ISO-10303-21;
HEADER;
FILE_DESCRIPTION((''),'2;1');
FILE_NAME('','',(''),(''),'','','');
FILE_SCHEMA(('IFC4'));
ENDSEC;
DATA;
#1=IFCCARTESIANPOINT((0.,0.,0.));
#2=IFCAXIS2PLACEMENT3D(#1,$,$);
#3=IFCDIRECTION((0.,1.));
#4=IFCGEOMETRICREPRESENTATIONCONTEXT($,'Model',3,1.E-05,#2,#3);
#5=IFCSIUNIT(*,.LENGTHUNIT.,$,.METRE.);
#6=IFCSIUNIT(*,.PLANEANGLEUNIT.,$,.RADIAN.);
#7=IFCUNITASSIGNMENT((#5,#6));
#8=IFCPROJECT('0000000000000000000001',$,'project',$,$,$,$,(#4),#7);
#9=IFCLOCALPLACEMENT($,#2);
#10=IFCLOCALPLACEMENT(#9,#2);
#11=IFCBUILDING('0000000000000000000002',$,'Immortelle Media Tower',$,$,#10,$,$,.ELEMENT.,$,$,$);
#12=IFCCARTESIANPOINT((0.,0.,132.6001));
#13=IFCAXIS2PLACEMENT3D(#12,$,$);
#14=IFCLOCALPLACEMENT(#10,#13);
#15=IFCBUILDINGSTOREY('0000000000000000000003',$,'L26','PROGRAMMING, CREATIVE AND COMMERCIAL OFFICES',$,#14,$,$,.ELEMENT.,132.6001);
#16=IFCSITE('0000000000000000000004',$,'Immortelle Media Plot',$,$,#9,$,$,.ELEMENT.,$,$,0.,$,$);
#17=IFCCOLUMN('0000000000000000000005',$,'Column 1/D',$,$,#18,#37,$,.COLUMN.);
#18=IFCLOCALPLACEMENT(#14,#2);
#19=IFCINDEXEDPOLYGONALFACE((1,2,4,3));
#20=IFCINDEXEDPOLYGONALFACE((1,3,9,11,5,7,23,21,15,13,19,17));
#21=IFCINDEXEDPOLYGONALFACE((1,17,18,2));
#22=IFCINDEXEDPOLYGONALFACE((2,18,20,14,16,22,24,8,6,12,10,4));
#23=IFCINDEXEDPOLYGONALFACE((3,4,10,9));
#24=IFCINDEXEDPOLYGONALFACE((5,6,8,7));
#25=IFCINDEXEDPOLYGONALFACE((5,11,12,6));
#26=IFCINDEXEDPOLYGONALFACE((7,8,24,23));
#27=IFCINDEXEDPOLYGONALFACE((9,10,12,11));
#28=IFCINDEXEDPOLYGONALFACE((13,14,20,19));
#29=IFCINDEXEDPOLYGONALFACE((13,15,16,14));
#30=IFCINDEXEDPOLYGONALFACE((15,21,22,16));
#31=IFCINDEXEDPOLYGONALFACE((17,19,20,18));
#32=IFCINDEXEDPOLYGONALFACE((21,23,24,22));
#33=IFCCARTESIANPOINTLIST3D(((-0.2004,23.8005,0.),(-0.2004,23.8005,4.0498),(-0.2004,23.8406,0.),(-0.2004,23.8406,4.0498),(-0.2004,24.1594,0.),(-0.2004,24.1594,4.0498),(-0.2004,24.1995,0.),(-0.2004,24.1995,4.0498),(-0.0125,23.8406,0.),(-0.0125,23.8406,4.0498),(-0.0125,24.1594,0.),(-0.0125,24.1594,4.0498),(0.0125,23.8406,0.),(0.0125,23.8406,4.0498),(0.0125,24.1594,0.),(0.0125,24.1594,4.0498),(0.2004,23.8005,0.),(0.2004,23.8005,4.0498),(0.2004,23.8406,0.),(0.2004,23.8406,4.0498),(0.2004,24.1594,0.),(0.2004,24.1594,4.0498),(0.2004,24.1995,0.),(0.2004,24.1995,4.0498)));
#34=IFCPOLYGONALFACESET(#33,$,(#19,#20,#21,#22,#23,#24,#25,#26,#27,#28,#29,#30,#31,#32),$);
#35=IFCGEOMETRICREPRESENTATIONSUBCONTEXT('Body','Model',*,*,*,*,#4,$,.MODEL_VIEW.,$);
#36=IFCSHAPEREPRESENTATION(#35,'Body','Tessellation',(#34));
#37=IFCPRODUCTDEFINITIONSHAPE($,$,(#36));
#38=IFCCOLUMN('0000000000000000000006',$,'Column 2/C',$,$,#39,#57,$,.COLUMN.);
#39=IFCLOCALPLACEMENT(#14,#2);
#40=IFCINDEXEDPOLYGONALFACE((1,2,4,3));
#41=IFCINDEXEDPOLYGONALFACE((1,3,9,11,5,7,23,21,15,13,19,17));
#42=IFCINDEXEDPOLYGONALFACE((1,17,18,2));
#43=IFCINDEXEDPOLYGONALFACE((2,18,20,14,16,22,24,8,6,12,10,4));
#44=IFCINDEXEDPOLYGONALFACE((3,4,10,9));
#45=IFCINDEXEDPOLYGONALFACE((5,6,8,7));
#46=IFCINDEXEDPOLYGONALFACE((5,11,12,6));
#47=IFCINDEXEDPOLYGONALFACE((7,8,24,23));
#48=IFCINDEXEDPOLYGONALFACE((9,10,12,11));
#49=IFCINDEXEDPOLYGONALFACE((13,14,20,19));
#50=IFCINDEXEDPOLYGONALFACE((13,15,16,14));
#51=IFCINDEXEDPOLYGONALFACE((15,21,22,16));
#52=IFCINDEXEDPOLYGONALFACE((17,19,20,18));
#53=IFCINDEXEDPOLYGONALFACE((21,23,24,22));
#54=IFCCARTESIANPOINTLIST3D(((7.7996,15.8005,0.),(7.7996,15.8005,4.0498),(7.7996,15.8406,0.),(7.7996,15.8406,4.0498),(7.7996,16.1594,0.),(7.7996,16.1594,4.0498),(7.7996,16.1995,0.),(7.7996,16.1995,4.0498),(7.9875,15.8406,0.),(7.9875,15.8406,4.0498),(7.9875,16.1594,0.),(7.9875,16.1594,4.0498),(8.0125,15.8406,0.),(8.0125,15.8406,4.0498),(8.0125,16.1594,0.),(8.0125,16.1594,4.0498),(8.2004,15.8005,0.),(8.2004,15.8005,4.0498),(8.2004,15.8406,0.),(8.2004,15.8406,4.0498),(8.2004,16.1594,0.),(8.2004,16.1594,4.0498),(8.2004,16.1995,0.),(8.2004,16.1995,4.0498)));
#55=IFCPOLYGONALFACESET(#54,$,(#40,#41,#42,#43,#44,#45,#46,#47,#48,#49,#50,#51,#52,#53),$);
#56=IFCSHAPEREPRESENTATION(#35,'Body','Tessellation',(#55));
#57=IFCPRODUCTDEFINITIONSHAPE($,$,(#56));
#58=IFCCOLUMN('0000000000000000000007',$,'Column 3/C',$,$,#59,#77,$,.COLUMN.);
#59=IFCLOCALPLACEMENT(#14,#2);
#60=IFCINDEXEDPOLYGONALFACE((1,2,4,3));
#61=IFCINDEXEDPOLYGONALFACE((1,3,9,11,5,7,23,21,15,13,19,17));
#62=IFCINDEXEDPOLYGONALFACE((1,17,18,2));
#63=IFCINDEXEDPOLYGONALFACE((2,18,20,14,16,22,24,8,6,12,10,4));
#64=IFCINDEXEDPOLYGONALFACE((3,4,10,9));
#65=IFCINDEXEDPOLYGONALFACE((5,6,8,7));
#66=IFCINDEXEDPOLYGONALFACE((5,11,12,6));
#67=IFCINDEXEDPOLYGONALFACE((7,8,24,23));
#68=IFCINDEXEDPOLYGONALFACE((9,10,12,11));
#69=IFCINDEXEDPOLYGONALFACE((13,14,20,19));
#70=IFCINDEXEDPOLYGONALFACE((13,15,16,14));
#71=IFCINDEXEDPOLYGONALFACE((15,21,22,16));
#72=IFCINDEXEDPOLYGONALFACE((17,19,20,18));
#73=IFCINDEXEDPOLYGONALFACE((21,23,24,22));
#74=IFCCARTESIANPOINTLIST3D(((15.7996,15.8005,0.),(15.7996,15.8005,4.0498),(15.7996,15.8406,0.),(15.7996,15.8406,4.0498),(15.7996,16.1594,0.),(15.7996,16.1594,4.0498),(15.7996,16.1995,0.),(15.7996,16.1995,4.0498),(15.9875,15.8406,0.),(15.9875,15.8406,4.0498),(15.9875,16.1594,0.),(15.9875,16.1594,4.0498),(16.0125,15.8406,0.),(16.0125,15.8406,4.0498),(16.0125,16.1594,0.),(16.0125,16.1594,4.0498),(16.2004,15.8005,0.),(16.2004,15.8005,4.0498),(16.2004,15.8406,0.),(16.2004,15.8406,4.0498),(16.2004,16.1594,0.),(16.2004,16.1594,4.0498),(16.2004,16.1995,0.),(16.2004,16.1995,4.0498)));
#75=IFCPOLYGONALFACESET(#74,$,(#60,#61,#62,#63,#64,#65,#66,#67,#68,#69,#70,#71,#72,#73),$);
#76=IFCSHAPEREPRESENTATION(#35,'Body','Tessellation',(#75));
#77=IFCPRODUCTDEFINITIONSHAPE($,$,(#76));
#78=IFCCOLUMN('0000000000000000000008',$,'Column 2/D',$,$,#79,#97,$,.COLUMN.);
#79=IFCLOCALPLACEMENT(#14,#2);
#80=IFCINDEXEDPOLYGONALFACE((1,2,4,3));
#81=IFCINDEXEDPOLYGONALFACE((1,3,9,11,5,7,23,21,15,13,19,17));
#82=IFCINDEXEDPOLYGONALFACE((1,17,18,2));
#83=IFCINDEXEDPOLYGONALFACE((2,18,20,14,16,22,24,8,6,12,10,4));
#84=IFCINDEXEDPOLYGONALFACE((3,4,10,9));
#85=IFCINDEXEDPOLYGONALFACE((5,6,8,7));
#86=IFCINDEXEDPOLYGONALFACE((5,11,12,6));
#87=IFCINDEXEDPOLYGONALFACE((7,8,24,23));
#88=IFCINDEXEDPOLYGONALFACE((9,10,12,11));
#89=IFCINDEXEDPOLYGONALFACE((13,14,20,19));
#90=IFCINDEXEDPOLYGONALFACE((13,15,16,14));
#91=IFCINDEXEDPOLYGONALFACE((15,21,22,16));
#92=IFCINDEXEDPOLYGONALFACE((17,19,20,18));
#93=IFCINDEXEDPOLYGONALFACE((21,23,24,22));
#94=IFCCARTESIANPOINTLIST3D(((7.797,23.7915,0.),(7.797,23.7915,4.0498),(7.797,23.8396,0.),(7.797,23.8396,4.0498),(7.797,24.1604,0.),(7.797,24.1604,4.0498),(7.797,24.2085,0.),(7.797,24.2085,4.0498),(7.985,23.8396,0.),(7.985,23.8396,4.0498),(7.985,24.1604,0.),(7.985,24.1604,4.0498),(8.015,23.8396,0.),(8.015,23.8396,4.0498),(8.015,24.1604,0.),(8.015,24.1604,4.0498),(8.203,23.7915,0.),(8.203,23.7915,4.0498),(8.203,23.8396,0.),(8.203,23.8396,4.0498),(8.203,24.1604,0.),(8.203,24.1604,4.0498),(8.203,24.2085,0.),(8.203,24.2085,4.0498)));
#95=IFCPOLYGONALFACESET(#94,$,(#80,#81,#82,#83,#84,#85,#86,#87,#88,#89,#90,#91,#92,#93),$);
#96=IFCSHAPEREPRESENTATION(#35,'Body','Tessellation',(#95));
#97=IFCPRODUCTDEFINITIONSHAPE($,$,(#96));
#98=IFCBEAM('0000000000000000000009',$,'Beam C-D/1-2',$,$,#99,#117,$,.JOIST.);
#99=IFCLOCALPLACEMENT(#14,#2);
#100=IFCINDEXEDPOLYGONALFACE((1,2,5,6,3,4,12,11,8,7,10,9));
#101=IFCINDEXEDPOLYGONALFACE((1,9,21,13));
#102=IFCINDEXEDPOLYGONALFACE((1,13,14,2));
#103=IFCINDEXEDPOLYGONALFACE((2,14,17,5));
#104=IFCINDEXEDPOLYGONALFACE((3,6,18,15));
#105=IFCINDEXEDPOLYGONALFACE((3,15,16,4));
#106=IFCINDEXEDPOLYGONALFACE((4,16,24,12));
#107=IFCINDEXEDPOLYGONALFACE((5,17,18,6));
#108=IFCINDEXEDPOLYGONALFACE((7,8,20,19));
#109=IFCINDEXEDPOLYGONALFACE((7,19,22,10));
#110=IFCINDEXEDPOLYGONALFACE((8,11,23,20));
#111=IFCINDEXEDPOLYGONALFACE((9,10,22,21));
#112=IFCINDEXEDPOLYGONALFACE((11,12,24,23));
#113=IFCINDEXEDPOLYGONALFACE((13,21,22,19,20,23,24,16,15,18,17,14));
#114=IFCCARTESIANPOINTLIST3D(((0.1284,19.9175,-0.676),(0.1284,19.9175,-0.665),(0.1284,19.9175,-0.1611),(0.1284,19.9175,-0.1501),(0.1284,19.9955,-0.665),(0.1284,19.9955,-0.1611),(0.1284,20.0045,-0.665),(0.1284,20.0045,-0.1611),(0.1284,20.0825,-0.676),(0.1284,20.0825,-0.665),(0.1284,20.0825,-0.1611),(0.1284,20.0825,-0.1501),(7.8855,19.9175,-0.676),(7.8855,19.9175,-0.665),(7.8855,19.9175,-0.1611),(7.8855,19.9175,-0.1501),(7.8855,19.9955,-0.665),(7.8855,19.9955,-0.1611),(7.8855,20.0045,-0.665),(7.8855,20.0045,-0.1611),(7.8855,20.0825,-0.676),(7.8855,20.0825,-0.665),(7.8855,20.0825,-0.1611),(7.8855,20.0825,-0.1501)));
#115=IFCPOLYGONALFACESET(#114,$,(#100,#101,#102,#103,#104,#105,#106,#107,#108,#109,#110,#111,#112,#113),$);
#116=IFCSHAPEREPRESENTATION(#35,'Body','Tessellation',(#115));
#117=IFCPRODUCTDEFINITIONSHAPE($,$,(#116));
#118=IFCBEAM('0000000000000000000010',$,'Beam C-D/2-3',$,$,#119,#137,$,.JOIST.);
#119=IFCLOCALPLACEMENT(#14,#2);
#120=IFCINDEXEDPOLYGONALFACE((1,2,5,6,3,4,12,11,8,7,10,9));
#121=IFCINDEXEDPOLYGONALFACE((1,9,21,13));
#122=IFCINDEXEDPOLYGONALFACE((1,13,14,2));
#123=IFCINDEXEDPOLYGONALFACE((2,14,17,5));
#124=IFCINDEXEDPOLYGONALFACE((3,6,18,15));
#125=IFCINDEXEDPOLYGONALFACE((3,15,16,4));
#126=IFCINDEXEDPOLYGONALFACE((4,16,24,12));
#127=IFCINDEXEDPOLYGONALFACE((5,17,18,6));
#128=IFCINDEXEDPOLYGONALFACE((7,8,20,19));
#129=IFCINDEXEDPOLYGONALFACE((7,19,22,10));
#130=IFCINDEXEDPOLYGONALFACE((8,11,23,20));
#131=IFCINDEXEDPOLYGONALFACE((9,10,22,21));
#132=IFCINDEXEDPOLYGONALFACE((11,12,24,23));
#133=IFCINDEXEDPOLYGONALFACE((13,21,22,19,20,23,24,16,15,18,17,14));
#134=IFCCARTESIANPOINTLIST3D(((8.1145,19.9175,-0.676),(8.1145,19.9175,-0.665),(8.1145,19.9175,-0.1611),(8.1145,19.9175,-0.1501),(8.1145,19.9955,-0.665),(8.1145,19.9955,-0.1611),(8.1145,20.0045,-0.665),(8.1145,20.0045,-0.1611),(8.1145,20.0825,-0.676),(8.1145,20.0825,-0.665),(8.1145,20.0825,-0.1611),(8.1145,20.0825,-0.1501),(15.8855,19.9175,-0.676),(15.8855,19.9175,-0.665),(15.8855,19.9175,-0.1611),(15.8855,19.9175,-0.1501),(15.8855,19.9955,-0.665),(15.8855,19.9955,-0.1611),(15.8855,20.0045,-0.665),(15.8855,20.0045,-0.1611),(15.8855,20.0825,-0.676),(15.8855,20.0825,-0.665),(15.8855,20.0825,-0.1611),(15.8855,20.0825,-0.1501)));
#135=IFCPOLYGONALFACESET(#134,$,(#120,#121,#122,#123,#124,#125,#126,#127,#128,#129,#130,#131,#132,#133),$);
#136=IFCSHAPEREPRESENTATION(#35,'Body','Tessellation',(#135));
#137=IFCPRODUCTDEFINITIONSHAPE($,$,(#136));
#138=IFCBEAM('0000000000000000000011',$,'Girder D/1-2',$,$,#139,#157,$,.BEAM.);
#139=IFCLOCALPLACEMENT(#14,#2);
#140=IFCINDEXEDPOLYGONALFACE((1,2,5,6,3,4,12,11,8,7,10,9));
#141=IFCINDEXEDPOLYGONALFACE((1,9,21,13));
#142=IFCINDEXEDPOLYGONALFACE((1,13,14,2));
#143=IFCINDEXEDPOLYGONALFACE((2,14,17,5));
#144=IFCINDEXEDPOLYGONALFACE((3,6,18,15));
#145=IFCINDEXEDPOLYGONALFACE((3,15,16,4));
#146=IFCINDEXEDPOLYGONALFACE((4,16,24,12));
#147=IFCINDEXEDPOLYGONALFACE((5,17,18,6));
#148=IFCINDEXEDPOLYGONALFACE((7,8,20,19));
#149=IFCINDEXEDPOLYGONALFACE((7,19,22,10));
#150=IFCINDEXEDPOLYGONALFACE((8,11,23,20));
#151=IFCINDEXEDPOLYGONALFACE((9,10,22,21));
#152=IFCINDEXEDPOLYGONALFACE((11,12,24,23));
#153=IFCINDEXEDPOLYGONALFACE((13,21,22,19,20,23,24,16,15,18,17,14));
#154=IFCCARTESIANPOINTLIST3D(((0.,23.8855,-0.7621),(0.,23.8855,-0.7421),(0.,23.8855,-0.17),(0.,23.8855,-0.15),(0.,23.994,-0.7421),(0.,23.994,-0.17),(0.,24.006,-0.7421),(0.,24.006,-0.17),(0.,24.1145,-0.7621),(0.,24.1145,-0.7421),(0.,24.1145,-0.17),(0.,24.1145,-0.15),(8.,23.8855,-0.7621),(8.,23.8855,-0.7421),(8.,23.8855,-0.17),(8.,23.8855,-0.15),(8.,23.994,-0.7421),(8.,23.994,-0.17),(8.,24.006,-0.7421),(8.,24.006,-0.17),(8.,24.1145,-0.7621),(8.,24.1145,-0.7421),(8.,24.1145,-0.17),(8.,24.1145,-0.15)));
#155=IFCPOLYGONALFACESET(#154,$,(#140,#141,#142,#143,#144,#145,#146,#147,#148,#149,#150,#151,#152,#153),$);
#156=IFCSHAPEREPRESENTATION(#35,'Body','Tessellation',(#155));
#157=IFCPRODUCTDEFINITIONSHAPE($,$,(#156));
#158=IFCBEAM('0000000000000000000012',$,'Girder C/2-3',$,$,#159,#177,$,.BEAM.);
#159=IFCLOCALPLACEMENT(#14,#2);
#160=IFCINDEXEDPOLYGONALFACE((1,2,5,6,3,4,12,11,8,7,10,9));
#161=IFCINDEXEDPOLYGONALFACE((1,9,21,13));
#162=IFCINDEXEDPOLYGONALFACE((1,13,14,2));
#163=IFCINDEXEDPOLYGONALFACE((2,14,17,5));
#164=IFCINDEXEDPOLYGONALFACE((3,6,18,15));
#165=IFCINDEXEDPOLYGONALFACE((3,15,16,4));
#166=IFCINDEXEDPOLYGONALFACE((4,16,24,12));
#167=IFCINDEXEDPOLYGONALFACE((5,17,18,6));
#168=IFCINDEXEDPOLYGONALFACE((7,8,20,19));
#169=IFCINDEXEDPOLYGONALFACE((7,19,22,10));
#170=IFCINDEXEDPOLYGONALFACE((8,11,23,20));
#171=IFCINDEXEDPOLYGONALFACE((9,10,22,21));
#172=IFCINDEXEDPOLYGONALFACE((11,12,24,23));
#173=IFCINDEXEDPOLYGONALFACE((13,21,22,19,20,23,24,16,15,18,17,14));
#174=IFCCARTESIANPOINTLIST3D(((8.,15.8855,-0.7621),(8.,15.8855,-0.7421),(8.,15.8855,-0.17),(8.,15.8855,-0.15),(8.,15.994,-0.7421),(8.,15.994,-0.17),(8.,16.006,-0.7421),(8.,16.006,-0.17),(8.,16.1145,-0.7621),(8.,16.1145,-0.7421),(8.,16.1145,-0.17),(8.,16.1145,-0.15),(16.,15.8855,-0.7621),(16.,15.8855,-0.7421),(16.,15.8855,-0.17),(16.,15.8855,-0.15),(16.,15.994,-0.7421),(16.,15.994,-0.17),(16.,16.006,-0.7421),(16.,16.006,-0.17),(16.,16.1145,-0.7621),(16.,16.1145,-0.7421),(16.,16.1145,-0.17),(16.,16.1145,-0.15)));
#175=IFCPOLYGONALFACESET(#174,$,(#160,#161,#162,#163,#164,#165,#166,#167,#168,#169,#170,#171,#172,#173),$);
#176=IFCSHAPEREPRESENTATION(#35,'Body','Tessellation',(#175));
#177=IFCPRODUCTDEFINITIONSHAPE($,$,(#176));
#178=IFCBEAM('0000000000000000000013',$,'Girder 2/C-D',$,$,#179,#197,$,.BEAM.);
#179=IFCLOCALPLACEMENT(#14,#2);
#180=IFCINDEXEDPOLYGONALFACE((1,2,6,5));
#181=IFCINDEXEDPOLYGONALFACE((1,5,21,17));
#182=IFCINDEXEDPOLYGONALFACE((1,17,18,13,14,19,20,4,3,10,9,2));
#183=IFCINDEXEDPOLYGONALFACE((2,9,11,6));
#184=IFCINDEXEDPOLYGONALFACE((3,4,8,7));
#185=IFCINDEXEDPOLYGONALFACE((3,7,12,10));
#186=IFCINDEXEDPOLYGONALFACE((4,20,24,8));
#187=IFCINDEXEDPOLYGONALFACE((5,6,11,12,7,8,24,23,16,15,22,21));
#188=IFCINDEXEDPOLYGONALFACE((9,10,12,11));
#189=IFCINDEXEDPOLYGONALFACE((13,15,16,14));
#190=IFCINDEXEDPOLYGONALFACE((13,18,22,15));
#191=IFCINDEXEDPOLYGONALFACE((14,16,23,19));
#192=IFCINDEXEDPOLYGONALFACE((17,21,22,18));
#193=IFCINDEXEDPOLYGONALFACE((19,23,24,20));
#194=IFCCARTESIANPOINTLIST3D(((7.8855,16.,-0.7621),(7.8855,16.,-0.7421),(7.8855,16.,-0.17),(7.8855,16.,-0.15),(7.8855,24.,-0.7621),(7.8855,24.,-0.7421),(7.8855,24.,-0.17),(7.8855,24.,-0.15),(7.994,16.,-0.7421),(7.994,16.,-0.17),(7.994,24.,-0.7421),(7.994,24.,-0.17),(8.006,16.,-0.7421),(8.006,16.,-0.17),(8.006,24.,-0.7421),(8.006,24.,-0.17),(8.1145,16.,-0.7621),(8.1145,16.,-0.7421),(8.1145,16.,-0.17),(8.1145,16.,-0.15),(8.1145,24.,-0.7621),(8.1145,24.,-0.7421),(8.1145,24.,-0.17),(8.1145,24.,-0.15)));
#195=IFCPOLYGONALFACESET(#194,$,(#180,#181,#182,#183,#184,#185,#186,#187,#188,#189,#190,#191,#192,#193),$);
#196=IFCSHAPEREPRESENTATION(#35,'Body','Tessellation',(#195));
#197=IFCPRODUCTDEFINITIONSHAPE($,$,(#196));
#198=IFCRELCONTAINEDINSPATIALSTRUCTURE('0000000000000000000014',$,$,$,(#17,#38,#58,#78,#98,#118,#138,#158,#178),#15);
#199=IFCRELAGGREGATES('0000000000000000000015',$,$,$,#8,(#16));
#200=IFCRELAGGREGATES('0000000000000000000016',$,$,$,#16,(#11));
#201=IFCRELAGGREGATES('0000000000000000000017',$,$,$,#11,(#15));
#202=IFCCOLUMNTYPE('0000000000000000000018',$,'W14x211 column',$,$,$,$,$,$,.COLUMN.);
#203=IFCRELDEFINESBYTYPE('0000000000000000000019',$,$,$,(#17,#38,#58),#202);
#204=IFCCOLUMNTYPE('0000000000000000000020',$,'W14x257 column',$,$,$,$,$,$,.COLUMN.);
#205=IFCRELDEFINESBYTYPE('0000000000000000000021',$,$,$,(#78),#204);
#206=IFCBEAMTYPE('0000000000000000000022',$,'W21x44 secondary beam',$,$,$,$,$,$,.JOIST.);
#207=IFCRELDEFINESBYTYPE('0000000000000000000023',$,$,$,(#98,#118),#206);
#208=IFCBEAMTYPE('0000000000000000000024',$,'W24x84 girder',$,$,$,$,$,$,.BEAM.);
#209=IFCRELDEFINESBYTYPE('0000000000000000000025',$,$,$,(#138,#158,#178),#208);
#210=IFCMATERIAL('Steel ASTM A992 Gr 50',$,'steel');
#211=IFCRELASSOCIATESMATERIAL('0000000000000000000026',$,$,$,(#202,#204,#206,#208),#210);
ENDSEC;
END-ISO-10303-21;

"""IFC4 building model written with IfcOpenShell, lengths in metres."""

from ifc_helpers import new_model, si_unit, direction, frame, origin, origin_2d, place, context, subcontext, project, spatial, i_section, extrude, material, material_profile, profile_set, type_object, element, save


model = new_model("IFC4")

# Units and contexts
model_context = context("Model", 3, precision=1e-05, world=origin(), true_north=direction((0.0, 1.0)))
body_context = subcontext(model_context, "Body", "Model", "MODEL_VIEW")
ifc_project = project(units=[si_unit("LENGTHUNIT", "METRE"), si_unit("PLANEANGLEUNIT", "RADIAN")], contexts=[model_context])

# Site, building, storey
site_placement = place(None, origin())
site = spatial("IfcSite", under=ifc_project, at=site_placement, Name="Immortelle Media Plot", CompositionType="ELEMENT", RefElevation=0.0)
building_placement = place(site_placement, origin())
building = spatial("IfcBuilding", under=site, at=building_placement, Name="Immortelle Media Tower", CompositionType="ELEMENT")
storey_placement = place(building_placement, frame((0.0, 0.0, 132.6001)))
storey = spatial("IfcBuildingStorey", under=building, at=storey_placement, Name="L26", Description="PROGRAMMING, CREATIVE AND COMMERCIAL OFFICES", CompositionType="ELEMENT", Elevation=132.6001)

# Columns
ifc_material_1 = material(Name="Steel ASTM A992 Gr 50", Category="steel")
ifc_material_profile_1 = material_profile(ifc_material_1, i_section(OverallWidth=0.4009, OverallDepth=0.3989, WebThickness=0.0249, FlangeThickness=0.04, at=origin_2d()), Name="W14x211")
ifc_profile_set_1 = profile_set([ifc_material_profile_1], Name="Steel ASTM A992 Gr 50")
column_type_1 = type_object("IfcColumnType", Name="W14x211 column", PredefinedType="COLUMN", material=ifc_profile_set_1)
for number, where, z_axis, x_axis, name in (
    (1, (0.0, 24.0, 0.0), (0.0, 0.0, 1.0), (1.0, 0.0, 0.0), "Column 1/D"),
    (2, (8.0, 16.0, 0.0), (0.0, 0.0, 1.0), (1.0, 0.0, 0.0), "Column 2/C"),
    (3, (16.0, 16.0, 0.0), (0.0, 0.0, 1.0), (1.0, 0.0, 0.0), "Column 3/C"),
):
    element("IfcColumn", number, at=place(storey_placement, frame(where, z_axis=z_axis, x_axis=x_axis)), inside=storey, type_object=column_type_1, Name=name, PredefinedType="COLUMN", context=body_context, shape_type="SweptSolid", body=[
        extrude(i_section(OverallWidth=0.4009, OverallDepth=0.3989, WebThickness=0.0249, FlangeThickness=0.04, at=origin_2d()), origin(), (0.0, 0.0, 1.0), 4.0498),
    ])
ifc_material_profile_2 = material_profile(ifc_material_1, i_section(OverallWidth=0.406, OverallDepth=0.417, WebThickness=0.03, FlangeThickness=0.0481, at=origin_2d()), Name="W14x257")
ifc_profile_set_2 = profile_set([ifc_material_profile_2], Name="Steel ASTM A992 Gr 50")
column_type_2 = type_object("IfcColumnType", Name="W14x257 column", PredefinedType="COLUMN", material=ifc_profile_set_2)
column_placement = place(storey_placement, frame((8.0, 24.0, 0.0), z_axis=(0.0, 0.0, 1.0), x_axis=(1.0, 0.0, 0.0)))
element("IfcColumn", 4, at=column_placement, inside=storey, type_object=column_type_2, Name="Column 2/D", PredefinedType="COLUMN", context=body_context, shape_type="SweptSolid", body=[
    extrude(i_section(OverallWidth=0.406, OverallDepth=0.417, WebThickness=0.03, FlangeThickness=0.0481, at=origin_2d()), origin(), (0.0, 0.0, 1.0), 4.0498),
])

# Beams
ifc_material_profile_3 = material_profile(ifc_material_1, i_section(OverallWidth=0.165, OverallDepth=0.5259, WebThickness=0.009, FlangeThickness=0.011, at=origin_2d()), Name="W21x44")
ifc_profile_set_3 = profile_set([ifc_material_profile_3], Name="Steel ASTM A992 Gr 50")
beam_type_1 = type_object("IfcBeamType", Name="W21x44 secondary beam", PredefinedType="JOIST", material=ifc_profile_set_3)
beam_1_placement = place(storey_placement, frame((0.1284, 20.0, -0.4131), z_axis=(1.0, 0.0, 0.0), x_axis=(0.0, 1.0, 0.0)))
element("IfcBeam", 5, at=beam_1_placement, inside=storey, type_object=beam_type_1, Name="Beam C-D/1-2", PredefinedType="JOIST", context=body_context, shape_type="SweptSolid", body=[
    extrude(i_section(OverallWidth=0.165, OverallDepth=0.5259, WebThickness=0.009, FlangeThickness=0.011, at=origin_2d()), origin(), (0.0, 0.0, 1.0), 7.7571),
])
beam_2_placement = place(storey_placement, frame((8.1145, 20.0, -0.4131), z_axis=(1.0, 0.0, 0.0), x_axis=(0.0, 1.0, 0.0)))
element("IfcBeam", 6, at=beam_2_placement, inside=storey, type_object=beam_type_1, Name="Beam C-D/2-3", PredefinedType="JOIST", context=body_context, shape_type="SweptSolid", body=[
    extrude(i_section(OverallWidth=0.165, OverallDepth=0.5259, WebThickness=0.009, FlangeThickness=0.011, at=origin_2d()), origin(), (0.0, 0.0, 1.0), 7.771),
])
ifc_material_profile_4 = material_profile(ifc_material_1, i_section(OverallWidth=0.229, OverallDepth=0.6121, WebThickness=0.012, FlangeThickness=0.02, at=origin_2d()), Name="W24x84")
ifc_profile_set_4 = profile_set([ifc_material_profile_4], Name="Steel ASTM A992 Gr 50")
beam_type_2 = type_object("IfcBeamType", Name="W24x84 girder", PredefinedType="BEAM", material=ifc_profile_set_4)
for number, where, z_axis, x_axis, name in (
    (7, (0.0, 24.0, -0.4561), (1.0, 0.0, 0.0), (0.0, 1.0, 0.0), "Girder D/1-2"),
    (8, (8.0, 16.0, -0.4561), (1.0, 0.0, 0.0), (0.0, 1.0, 0.0), "Girder C/2-3"),
    (9, (8.0, 16.0, -0.4561), (0.0, 1.0, 0.0), (-1.0, 0.0, 0.0), "Girder 2/C-D"),
):
    element("IfcBeam", number, at=place(storey_placement, frame(where, z_axis=z_axis, x_axis=x_axis)), inside=storey, type_object=beam_type_2, Name=name, PredefinedType="BEAM", context=body_context, shape_type="SweptSolid", body=[
        extrude(i_section(OverallWidth=0.229, OverallDepth=0.6121, WebThickness=0.012, FlangeThickness=0.02, at=origin_2d()), origin(), (0.0, 0.0, 1.0), 8.0),
    ])

save(model, "model.ifc")
